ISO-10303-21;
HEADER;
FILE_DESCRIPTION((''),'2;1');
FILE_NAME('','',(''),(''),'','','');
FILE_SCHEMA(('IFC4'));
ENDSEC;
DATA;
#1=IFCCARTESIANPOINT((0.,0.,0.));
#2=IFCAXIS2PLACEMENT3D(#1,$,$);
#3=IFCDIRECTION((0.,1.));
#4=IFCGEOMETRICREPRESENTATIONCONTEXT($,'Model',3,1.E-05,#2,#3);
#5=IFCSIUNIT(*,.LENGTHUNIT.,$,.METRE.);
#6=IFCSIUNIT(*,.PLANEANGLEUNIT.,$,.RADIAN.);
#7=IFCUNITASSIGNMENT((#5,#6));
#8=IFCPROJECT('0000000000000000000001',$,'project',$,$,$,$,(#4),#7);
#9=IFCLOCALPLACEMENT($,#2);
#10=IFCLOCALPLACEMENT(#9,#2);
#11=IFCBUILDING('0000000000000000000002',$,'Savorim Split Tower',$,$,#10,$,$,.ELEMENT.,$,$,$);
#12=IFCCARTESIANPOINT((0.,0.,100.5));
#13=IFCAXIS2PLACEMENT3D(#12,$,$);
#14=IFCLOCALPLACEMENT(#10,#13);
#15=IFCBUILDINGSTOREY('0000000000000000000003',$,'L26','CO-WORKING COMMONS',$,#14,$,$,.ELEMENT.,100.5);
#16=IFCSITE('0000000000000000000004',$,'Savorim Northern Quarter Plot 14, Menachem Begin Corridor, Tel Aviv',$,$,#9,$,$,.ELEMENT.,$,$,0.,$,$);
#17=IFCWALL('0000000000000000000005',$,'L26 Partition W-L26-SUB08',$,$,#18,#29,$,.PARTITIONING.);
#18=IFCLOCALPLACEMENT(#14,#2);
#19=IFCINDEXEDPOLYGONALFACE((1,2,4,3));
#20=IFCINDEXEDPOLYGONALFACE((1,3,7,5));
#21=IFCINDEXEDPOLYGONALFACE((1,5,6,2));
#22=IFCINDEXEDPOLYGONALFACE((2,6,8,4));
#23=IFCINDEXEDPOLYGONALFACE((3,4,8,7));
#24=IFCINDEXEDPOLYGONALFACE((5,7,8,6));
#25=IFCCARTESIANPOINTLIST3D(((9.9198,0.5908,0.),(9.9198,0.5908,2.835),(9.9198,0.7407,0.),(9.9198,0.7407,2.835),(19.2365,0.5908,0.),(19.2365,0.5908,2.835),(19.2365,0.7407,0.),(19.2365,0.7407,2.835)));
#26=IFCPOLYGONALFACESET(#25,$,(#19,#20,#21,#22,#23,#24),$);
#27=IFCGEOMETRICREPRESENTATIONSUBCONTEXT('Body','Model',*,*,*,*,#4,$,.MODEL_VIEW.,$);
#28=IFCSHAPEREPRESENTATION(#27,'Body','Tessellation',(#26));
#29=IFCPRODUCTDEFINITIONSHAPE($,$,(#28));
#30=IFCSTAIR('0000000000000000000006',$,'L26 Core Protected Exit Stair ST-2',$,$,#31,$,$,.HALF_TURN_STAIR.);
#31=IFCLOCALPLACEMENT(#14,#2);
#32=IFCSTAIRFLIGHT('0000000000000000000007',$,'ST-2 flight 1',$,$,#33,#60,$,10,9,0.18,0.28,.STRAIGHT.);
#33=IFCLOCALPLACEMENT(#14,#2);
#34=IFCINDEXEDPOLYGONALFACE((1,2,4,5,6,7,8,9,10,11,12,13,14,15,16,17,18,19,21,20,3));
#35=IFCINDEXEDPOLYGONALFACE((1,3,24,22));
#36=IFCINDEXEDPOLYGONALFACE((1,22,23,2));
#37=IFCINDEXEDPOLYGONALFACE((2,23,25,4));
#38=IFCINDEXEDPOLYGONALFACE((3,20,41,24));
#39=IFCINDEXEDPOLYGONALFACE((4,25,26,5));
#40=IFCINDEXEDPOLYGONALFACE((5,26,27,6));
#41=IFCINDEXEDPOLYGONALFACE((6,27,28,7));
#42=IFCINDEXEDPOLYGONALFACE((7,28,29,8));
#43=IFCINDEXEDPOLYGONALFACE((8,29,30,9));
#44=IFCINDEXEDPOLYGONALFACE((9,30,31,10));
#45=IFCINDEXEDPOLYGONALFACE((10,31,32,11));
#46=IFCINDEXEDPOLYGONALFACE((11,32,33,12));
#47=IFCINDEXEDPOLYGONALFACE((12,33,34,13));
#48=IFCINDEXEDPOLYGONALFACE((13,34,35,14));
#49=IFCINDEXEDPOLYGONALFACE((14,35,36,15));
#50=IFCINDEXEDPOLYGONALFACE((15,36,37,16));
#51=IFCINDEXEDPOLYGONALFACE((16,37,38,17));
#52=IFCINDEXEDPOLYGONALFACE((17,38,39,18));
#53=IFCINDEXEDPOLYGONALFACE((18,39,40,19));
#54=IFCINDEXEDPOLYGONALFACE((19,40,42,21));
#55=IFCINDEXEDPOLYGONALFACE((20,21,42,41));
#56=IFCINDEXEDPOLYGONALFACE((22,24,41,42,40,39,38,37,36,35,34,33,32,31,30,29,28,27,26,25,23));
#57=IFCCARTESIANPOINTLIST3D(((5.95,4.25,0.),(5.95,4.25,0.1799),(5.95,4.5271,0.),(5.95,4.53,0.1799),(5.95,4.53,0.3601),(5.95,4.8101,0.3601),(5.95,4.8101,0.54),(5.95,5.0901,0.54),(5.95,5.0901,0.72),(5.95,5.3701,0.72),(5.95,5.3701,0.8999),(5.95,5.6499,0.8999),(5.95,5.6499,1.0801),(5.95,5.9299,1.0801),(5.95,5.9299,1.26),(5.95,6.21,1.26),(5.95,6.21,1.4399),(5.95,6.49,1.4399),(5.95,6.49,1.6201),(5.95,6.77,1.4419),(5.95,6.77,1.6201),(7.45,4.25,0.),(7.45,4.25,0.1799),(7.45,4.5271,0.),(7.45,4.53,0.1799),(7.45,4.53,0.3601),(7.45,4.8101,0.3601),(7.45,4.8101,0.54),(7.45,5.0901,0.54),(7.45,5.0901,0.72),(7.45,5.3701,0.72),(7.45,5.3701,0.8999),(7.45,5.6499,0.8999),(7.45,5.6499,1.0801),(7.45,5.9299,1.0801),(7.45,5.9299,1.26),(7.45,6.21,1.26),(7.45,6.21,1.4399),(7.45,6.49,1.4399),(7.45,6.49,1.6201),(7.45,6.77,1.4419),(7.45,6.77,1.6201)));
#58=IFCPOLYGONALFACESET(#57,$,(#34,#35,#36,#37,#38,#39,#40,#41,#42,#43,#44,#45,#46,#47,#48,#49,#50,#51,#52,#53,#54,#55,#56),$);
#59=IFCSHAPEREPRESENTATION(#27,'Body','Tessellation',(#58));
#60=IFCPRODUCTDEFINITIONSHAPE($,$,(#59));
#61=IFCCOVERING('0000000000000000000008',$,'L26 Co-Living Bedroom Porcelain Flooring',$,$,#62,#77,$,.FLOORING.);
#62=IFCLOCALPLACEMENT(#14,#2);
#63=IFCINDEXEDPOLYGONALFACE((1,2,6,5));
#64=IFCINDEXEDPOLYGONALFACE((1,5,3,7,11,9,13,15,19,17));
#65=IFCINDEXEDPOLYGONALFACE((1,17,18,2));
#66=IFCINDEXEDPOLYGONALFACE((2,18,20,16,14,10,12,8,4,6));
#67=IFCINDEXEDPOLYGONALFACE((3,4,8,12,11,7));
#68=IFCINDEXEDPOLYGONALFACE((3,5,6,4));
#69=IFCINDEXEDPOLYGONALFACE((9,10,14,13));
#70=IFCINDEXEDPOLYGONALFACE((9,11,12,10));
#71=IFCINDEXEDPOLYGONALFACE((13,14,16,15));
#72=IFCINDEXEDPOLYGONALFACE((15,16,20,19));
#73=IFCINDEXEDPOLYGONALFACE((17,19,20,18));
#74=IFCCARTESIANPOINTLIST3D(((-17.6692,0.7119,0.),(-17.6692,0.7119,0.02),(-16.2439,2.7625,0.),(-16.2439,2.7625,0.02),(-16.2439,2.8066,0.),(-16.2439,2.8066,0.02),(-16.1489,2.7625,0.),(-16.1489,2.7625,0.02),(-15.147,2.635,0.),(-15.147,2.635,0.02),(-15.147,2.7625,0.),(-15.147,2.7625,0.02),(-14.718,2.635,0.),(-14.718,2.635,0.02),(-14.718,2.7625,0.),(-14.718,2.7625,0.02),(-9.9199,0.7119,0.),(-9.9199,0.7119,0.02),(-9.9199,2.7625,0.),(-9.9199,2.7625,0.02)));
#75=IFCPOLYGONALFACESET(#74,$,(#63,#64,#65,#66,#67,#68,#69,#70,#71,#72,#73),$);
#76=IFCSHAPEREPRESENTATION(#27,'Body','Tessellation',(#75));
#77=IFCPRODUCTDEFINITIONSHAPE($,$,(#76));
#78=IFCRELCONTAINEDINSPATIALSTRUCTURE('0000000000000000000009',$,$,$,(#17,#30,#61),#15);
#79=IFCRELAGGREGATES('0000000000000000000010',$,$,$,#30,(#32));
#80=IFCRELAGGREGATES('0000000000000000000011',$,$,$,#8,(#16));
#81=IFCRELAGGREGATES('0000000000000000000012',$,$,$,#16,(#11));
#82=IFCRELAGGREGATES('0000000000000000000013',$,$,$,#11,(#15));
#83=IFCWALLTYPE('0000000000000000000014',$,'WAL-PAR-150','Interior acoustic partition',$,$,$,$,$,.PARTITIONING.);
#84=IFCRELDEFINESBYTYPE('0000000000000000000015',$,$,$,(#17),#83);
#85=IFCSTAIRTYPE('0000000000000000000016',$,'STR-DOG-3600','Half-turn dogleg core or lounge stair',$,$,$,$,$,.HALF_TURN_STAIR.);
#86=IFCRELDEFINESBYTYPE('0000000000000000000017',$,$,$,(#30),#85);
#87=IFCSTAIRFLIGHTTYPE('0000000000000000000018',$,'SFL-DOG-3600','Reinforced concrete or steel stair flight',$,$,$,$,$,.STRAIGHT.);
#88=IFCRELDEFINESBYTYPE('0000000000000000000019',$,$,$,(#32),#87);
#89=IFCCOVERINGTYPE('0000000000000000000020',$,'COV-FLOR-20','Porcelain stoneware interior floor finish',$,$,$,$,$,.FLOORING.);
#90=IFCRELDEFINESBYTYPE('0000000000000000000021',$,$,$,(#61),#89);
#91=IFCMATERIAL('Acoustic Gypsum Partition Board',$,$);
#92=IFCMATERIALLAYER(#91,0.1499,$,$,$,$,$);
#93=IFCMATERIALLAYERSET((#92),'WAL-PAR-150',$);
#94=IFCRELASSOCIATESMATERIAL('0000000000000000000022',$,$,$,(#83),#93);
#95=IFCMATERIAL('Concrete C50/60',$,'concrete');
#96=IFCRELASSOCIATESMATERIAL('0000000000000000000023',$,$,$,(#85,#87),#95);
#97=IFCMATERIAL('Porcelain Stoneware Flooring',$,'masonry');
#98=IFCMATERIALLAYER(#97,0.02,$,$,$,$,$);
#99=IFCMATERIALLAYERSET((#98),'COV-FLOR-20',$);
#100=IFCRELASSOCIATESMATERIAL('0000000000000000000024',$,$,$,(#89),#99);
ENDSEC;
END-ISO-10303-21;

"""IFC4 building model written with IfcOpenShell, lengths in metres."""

from ifc_helpers import new_model, si_unit, direction, frame, frame_2d, origin, place, context, subcontext, project, spatial, polyline, rectangle, outline, extrude, material, layer, layer_set, type_object, element, aggregate, save


model = new_model("IFC4")

# Units and contexts
model_context = context("Model", 3, precision=1e-05, world=origin(), true_north=direction((0.0, 1.0)))
body_context = subcontext(model_context, "Body", "Model", "MODEL_VIEW")
ifc_project = project(units=[si_unit("LENGTHUNIT", "METRE"), si_unit("PLANEANGLEUNIT", "RADIAN")], contexts=[model_context])

# Site, building, storey
site_placement = place(None, origin())
site = spatial("IfcSite", under=ifc_project, at=site_placement, Name="Savorim Northern Quarter Plot 14, Menachem Begin Corridor, Tel Aviv", CompositionType="ELEMENT", RefElevation=0.0)
building_placement = place(site_placement, origin())
building = spatial("IfcBuilding", under=site, at=building_placement, Name="Savorim Split Tower", CompositionType="ELEMENT")
storey_placement = place(building_placement, frame((0.0, 0.0, 100.5)))
storey = spatial("IfcBuildingStorey", under=building, at=storey_placement, Name="L26", Description="CO-WORKING COMMONS", CompositionType="ELEMENT", Elevation=100.5)

# Shared definitions
ifc_material_1 = material(Name="Concrete C50/60", Category="concrete")

# Wall
ifc_material_2 = material(Name="Acoustic Gypsum Partition Board")
ifc_layer_1 = layer(ifc_material_2, 0.1499)
ifc_layer_set_1 = layer_set([ifc_layer_1], Name="WAL-PAR-150")
wall_type_1 = type_object("IfcWallType", Name="WAL-PAR-150", Description="Interior acoustic partition", PredefinedType="PARTITIONING", material=ifc_layer_set_1)
wall_1_placement = place(storey_placement, frame((9.9199, 0.6658, 0.0), z_axis=(0.0, 0.0, 1.0), x_axis=(1.0, 0.0, 0.0)))
element("IfcWall", 1, at=wall_1_placement, inside=storey, type_object=wall_type_1, Name="L26 Partition W-L26-SUB08", PredefinedType="PARTITIONING", context=body_context, shape_type="SweptSolid", body=[
    extrude(rectangle(XDim=9.3167, YDim=0.1499, at=frame_2d((4.6582, 0.0))), origin(), (0.0, 0.0, 1.0), 2.835),
])

# Stair, stair flight
stair_type = type_object("IfcStairType", Name="STR-DOG-3600", Description="Half-turn dogleg core or lounge stair", PredefinedType="HALF_TURN_STAIR", material=ifc_material_1)
stair_placement = place(storey_placement, origin())
stair = element("IfcStair", 2, at=stair_placement, inside=storey, type_object=stair_type, Name="L26 Core Protected Exit Stair ST-2", PredefinedType="HALF_TURN_STAIR")
stair_flight_type = type_object("IfcStairFlightType", Name="SFL-DOG-3600", Description="Reinforced concrete or steel stair flight", PredefinedType="STRAIGHT", material=ifc_material_1)
stair_flight_placement = place(storey_placement, frame((6.7, 4.25, 0.0), z_axis=(0.0, 0.0, 1.0), x_axis=(0.0, 1.0, 0.0)))
stair_flight = element("IfcStairFlight", 3, at=stair_flight_placement, type_object=stair_flight_type, Name="ST-2 flight 1", NumberOfRisers=10, NumberOfTreads=9, PredefinedType="STRAIGHT", RiserHeight=0.18, TreadLength=0.28, context=body_context, shape_type="SweptSolid", body=[
    extrude(outline(polyline([(0.0, 0.0), (0.0, 0.1799), (0.28, 0.1799), (0.28, 0.3601), (0.5601, 0.3601), (0.5601, 0.54), (0.8401, 0.54), (0.8401, 0.72), (1.1201, 0.72), (1.1201, 0.8999), (1.3999, 0.8999), (1.3999, 1.0801), (1.6799, 1.0801), (1.6799, 1.26), (1.96, 1.26), (1.96, 1.4399), (2.24, 1.4399), (2.24, 1.6201), (2.52, 1.6201), (2.52, 1.8), (2.52, 1.4419), (0.2771, 0.0), (0.0, 0.0)])), frame((0.0, 0.75, 0.0), z_axis=(0.0, -1.0, 0.0), x_axis=(1.0, 0.0, 0.0)), (0.0, 0.0, 1.0), 1.5),
])
aggregate(stair, [stair_flight])

# Covering
ifc_material_3 = material(Name="Porcelain Stoneware Flooring", Category="masonry")
ifc_layer_2 = layer(ifc_material_3, 0.02)
ifc_layer_set_2 = layer_set([ifc_layer_2], Name="COV-FLOR-20")
covering_type = type_object("IfcCoveringType", Name="COV-FLOR-20", Description="Porcelain stoneware interior floor finish", PredefinedType="FLOORING", material=ifc_layer_set_2)
covering_placement = place(storey_placement, origin())
element("IfcCovering", 4, at=covering_placement, inside=storey, type_object=covering_type, Name="L26 Co-Living Bedroom Porcelain Flooring", PredefinedType="FLOORING", context=body_context, shape_type="SweptSolid", body=[
    extrude(outline(polyline([(-15.147, 2.7625), (-16.1489, 2.7625), (-16.2439, 2.7625), (-16.2439, 2.8066), (-17.6692, 0.7119), (-9.9199, 0.7119), (-9.9199, 2.7625), (-14.718, 2.7625), (-14.718, 2.635), (-15.147, 2.635), (-15.147, 2.7625)])), origin(), (0.0, 0.0, 1.0), 0.02),
])

save(model, "model.ifc")
